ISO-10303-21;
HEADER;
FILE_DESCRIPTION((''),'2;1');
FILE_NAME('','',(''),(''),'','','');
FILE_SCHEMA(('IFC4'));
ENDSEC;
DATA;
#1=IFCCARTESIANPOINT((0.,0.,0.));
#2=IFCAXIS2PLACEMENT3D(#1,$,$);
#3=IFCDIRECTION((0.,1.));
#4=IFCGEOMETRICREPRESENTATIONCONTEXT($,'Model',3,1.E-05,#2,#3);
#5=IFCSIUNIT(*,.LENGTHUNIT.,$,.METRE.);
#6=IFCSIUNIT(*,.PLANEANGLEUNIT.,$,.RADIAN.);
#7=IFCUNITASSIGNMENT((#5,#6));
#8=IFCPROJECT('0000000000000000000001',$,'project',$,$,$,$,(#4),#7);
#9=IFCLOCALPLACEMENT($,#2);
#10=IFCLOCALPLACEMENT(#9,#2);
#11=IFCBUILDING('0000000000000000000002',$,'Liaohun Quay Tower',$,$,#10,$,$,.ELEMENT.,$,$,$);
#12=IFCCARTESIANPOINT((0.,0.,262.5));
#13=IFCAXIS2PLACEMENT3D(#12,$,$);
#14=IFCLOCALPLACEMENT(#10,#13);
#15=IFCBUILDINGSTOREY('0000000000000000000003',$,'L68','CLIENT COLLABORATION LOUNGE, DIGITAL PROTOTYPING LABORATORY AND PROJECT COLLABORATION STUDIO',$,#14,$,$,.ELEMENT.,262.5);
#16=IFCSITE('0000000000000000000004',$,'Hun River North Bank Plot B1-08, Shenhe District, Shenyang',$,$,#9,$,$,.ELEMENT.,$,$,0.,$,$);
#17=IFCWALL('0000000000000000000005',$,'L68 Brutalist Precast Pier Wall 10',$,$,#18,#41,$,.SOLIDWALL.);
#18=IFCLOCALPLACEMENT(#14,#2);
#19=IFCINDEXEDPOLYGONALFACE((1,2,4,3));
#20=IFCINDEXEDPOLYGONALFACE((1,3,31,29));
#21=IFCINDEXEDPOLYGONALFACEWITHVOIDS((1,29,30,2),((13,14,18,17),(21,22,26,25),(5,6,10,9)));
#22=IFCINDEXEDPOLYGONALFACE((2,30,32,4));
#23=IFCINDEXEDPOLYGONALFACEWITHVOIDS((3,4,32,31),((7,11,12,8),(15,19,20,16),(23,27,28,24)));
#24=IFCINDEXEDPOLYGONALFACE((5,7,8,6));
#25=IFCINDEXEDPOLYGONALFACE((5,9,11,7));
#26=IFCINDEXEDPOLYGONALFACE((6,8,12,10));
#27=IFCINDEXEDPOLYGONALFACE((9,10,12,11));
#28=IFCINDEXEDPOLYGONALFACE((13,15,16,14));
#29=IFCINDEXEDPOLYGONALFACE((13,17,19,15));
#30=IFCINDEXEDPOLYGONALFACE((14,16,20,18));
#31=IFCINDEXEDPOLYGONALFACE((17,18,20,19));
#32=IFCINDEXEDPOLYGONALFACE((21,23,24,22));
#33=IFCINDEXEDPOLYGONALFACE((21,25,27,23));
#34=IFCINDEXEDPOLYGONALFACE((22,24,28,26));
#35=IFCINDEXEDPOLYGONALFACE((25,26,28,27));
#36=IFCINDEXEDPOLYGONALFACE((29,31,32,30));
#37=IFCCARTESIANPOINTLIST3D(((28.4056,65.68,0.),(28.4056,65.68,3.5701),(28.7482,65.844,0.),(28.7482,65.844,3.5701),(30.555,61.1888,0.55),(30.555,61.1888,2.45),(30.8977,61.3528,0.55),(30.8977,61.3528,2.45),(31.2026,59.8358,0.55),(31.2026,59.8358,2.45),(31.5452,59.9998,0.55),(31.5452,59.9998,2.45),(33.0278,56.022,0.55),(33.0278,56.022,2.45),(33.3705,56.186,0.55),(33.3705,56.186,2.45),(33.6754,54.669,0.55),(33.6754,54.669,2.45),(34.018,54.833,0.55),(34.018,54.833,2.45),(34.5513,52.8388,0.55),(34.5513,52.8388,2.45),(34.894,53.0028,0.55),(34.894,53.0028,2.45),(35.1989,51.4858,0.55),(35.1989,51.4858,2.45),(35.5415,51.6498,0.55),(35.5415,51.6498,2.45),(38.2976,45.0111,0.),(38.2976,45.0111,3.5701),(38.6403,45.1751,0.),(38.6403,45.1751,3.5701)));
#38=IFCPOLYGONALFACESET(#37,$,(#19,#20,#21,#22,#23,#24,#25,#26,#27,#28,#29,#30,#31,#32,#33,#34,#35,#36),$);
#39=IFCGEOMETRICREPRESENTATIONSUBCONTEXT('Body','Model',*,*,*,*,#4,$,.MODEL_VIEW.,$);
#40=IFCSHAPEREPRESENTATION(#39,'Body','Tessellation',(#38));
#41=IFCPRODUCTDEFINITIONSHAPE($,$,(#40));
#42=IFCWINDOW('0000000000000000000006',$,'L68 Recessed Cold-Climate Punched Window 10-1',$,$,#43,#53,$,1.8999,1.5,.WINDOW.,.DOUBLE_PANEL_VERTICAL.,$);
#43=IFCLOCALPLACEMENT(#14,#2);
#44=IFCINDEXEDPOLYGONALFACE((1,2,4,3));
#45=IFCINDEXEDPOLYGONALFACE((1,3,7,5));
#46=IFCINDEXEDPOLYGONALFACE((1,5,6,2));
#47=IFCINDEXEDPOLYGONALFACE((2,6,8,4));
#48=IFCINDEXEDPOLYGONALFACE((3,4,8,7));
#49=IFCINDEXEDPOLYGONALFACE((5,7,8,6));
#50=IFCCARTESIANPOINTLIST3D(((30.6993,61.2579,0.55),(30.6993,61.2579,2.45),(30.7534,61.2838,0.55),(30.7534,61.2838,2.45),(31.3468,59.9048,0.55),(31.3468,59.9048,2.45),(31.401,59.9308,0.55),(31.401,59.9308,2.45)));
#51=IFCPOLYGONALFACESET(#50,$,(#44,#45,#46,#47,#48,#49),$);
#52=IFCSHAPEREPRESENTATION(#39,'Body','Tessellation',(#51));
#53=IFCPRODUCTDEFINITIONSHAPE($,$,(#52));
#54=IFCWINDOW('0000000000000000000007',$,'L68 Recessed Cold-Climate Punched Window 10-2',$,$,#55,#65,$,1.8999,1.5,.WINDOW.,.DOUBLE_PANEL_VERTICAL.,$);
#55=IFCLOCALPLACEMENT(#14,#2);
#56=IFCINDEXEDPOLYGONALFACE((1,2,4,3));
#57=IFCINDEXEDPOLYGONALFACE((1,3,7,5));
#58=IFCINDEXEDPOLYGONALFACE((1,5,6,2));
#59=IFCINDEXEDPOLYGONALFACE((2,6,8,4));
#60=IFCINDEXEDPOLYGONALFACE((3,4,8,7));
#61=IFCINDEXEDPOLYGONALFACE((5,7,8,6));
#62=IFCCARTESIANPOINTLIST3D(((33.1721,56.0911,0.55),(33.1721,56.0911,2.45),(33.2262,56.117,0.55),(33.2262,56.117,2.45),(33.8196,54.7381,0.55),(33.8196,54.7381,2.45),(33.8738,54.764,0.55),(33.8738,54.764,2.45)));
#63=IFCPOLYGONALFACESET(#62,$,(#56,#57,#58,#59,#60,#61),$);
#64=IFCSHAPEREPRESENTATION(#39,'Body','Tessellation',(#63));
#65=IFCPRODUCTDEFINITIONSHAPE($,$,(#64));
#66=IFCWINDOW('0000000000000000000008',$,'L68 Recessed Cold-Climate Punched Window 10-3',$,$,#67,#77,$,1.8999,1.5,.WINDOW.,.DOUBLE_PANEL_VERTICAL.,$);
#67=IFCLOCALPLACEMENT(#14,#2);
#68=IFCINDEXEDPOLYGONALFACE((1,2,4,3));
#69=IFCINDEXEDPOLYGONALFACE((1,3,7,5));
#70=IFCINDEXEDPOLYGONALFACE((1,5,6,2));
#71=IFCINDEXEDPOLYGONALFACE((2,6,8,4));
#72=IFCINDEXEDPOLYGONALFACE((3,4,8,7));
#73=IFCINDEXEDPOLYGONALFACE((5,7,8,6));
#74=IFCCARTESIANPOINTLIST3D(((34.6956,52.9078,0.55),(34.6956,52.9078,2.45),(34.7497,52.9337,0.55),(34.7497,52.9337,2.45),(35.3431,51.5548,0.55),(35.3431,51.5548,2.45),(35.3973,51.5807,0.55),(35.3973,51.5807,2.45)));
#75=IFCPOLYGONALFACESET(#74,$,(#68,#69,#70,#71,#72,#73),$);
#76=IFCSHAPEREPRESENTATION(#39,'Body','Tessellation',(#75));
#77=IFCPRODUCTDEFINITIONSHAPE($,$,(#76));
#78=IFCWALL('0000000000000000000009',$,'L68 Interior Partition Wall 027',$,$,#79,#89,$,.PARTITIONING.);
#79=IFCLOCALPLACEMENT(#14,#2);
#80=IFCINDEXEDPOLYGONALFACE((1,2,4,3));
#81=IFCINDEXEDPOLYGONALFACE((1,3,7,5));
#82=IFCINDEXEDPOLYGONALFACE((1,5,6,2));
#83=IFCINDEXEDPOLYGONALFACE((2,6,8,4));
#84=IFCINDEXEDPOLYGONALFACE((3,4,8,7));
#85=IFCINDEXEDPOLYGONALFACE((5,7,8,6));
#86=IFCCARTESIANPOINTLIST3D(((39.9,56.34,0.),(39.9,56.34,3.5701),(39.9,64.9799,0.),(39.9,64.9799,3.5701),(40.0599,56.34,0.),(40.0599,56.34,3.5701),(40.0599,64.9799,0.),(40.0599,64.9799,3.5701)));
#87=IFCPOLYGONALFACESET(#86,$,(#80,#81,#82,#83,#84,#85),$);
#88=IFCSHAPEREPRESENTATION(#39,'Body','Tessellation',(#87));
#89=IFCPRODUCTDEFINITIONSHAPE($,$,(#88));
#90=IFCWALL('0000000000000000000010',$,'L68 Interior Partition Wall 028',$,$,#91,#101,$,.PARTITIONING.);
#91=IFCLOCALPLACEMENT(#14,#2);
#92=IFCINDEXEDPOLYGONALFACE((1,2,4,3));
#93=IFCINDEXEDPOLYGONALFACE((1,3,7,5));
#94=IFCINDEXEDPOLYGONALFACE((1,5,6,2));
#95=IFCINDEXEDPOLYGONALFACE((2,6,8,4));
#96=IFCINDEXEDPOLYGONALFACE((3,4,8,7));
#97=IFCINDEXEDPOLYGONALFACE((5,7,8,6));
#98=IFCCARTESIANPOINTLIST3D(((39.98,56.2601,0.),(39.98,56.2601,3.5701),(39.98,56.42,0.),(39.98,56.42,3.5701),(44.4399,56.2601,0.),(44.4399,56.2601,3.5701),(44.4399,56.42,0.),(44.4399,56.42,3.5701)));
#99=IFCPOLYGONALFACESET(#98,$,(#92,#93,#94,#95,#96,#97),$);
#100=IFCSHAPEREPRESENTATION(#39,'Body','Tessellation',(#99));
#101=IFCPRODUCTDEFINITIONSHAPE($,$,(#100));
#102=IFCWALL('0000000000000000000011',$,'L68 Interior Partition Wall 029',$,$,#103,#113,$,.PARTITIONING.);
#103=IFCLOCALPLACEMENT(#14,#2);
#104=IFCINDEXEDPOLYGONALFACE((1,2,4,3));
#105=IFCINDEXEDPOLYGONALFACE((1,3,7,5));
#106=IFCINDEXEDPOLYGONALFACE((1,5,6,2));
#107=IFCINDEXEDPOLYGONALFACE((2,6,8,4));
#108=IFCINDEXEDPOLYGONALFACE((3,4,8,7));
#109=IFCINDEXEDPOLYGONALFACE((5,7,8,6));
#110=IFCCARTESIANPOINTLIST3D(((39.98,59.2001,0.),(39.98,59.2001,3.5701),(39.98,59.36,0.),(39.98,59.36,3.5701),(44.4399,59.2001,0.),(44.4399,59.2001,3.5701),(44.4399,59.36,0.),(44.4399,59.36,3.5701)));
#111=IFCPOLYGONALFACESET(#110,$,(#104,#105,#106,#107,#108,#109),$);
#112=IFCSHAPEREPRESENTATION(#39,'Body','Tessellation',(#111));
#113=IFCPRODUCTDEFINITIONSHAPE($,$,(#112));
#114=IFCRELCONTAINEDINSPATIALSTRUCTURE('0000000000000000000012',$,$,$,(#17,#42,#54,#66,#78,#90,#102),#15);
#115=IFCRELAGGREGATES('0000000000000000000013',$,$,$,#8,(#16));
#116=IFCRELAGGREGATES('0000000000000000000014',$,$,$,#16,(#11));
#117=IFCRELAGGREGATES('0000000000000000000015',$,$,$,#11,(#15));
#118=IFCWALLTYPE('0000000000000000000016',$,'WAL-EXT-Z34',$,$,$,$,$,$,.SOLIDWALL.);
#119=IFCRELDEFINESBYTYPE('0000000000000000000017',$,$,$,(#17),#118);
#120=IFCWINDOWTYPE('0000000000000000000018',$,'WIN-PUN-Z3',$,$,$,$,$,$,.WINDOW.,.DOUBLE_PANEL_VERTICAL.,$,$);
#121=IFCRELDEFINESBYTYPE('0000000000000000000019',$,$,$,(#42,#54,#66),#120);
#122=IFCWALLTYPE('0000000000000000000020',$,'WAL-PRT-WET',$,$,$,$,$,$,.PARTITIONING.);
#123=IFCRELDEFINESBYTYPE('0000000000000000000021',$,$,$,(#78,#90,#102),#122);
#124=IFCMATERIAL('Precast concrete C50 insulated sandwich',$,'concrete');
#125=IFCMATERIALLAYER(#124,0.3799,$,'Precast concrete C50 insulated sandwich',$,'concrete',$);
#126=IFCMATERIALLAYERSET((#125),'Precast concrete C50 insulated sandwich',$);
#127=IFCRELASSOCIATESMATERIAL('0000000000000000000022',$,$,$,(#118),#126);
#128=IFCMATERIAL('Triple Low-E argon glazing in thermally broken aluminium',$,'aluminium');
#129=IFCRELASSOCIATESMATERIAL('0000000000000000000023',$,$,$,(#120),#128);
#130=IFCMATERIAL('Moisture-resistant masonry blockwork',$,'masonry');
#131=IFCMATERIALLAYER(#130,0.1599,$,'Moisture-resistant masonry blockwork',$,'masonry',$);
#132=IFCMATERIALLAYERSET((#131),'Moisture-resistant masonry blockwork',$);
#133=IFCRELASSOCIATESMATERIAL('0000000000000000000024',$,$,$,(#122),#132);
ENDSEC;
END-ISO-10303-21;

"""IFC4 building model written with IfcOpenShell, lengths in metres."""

from ifc_helpers import new_model, si_unit, direction, frame, frame_2d, origin, place, context, subcontext, project, spatial, rectangle, extrude, source, transform, mapped, material, layer, layer_set, type_object, element, fill, save


model = new_model("IFC4")

# Units and contexts
model_context = context("Model", 3, precision=1e-05, world=origin(), true_north=direction((0.0, 1.0)))
body_context = subcontext(model_context, "Body", "Model", "MODEL_VIEW")
ifc_project = project(units=[si_unit("LENGTHUNIT", "METRE"), si_unit("PLANEANGLEUNIT", "RADIAN")], contexts=[model_context])

# Site, building, storey
site_placement = place(None, origin())
site = spatial("IfcSite", under=ifc_project, at=site_placement, Name="Hun River North Bank Plot B1-08, Shenhe District, Shenyang", CompositionType="ELEMENT", RefElevation=0.0)
building_placement = place(site_placement, origin())
building = spatial("IfcBuilding", under=site, at=building_placement, Name="Liaohun Quay Tower", CompositionType="ELEMENT")
storey_placement = place(building_placement, frame((0.0, 0.0, 262.5)))
storey = spatial("IfcBuildingStorey", under=building, at=storey_placement, Name="L68", Description="CLIENT COLLABORATION LOUNGE, DIGITAL PROTOTYPING LABORATORY AND PROJECT COLLABORATION STUDIO", CompositionType="ELEMENT", Elevation=262.5)

# Shared definitions
ifc_material_1 = material(Name="Precast concrete C50 insulated sandwich", Category="concrete")
ifc_layer_1 = layer(ifc_material_1, 0.3799, Name="Precast concrete C50 insulated sandwich", Category="concrete")
ifc_layer_set_1 = layer_set([ifc_layer_1], Name="Precast concrete C50 insulated sandwich")
wall_type_1 = type_object("IfcWallType", Name="WAL-EXT-Z34", PredefinedType="SOLIDWALL", material=ifc_layer_set_1)

# Wall, openings, windows
wall_1_placement = place(storey_placement, frame((28.5769, 65.762, 0.0), z_axis=(0.0, 0.0, 1.0), x_axis=(0.431702, -0.902016, 0.0)))
wall_1 = element("IfcWall", 1, at=wall_1_placement, inside=storey, type_object=wall_type_1, Name="L68 Brutalist Precast Pier Wall 10", PredefinedType="SOLIDWALL", context=body_context, shape_type="SweptSolid", body=[
    extrude(rectangle(XDim=22.9141, YDim=0.3799, at=frame_2d((11.457, 0.0))), origin(), (0.0, 0.0, 1.0), 3.5701),
])
shared_shape_1 = source(origin(), body_context, "Body", "SweptSolid", [
    extrude(rectangle(XDim=1.5, YDim=1.8999, at=frame_2d((0.75, 0.95))), frame((0.0, 0.2, 0.0), z_axis=(0.0, -1.0, 0.0), x_axis=(1.0, 0.0, 0.0)), (0.0, 0.0, 1.0), 0.3999),
])
opening_1_placement = place(wall_1_placement, frame((4.979, 0.0, 0.55)))
opening_1 = element("IfcOpeningElement", 2, at=opening_1_placement, cuts=wall_1, PredefinedType="OPENING", context=body_context, shape_type="MappedRepresentation", body=[
    mapped(shared_shape_1, transform((0.0, 0.0, 0.0), x_axis=(1.0, 0.0, 0.0), y_axis=(0.0, 1.0, 0.0), z_axis=(0.0, 0.0, 1.0), scale=1.0)),
])
opening_2_placement = place(wall_1_placement, frame((10.707, 0.0, 0.55)))
opening_2 = element("IfcOpeningElement", 3, at=opening_2_placement, cuts=wall_1, PredefinedType="OPENING", context=body_context, shape_type="MappedRepresentation", body=[
    mapped(shared_shape_1, transform((0.0, 0.0, 0.0), x_axis=(1.0, 0.0, 0.0), y_axis=(0.0, 1.0, 0.0), z_axis=(0.0, 0.0, 1.0), scale=1.0)),
])
opening_3_placement = place(wall_1_placement, frame((14.2361, 0.0, 0.55)))
opening_3 = element("IfcOpeningElement", 4, at=opening_3_placement, cuts=wall_1, PredefinedType="OPENING", context=body_context, shape_type="MappedRepresentation", body=[
    mapped(shared_shape_1, transform((0.0, 0.0, 0.0), x_axis=(1.0, 0.0, 0.0), y_axis=(0.0, 1.0, 0.0), z_axis=(0.0, 0.0, 1.0), scale=1.0)),
])
ifc_material_2 = material(Name="Triple Low-E argon glazing in thermally broken aluminium", Category="aluminium")
window_type_1 = type_object("IfcWindowType", Name="WIN-PUN-Z3", PartitioningType="DOUBLE_PANEL_VERTICAL", PredefinedType="WINDOW", material=ifc_material_2)
shared_shape_2 = source(origin(), body_context, "Body", "SweptSolid", [
    extrude(rectangle(XDim=1.5, YDim=1.8999, at=frame_2d((0.75, 0.95))), frame((0.0, 0.03, 0.0), z_axis=(0.0, -1.0, 0.0), x_axis=(1.0, 0.0, 0.0)), (0.0, 0.0, 1.0), 0.0601),
])
window_1_placement = place(opening_1_placement, origin())
window_1 = element("IfcWindow", 5, at=window_1_placement, inside=storey, type_object=window_type_1, Name="L68 Recessed Cold-Climate Punched Window 10-1", OverallHeight=1.8999, OverallWidth=1.5, PartitioningType="DOUBLE_PANEL_VERTICAL", PredefinedType="WINDOW", context=body_context, shape_type="MappedRepresentation", body=[
    mapped(shared_shape_2, transform((0.0, 0.0, 0.0), x_axis=(1.0, 0.0, 0.0), y_axis=(0.0, 1.0, 0.0), z_axis=(0.0, 0.0, 1.0), scale=1.0)),
])
fill(opening_1, window_1)
window_2_placement = place(opening_2_placement, origin())
window_2 = element("IfcWindow", 6, at=window_2_placement, inside=storey, type_object=window_type_1, Name="L68 Recessed Cold-Climate Punched Window 10-2", OverallHeight=1.8999, OverallWidth=1.5, PartitioningType="DOUBLE_PANEL_VERTICAL", PredefinedType="WINDOW", context=body_context, shape_type="MappedRepresentation", body=[
    mapped(shared_shape_2, transform((0.0, 0.0, 0.0), x_axis=(1.0, 0.0, 0.0), y_axis=(0.0, 1.0, 0.0), z_axis=(0.0, 0.0, 1.0), scale=1.0)),
])
fill(opening_2, window_2)
window_3_placement = place(opening_3_placement, origin())
window_3 = element("IfcWindow", 7, at=window_3_placement, inside=storey, type_object=window_type_1, Name="L68 Recessed Cold-Climate Punched Window 10-3", OverallHeight=1.8999, OverallWidth=1.5, PartitioningType="DOUBLE_PANEL_VERTICAL", PredefinedType="WINDOW", context=body_context, shape_type="MappedRepresentation", body=[
    mapped(shared_shape_2, transform((0.0, 0.0, 0.0), x_axis=(1.0, 0.0, 0.0), y_axis=(0.0, 1.0, 0.0), z_axis=(0.0, 0.0, 1.0), scale=1.0)),
])
fill(opening_3, window_3)

# Walls
ifc_material_3 = material(Name="Moisture-resistant masonry blockwork", Category="masonry")
ifc_layer_2 = layer(ifc_material_3, 0.1599, Name="Moisture-resistant masonry blockwork", Category="masonry")
ifc_layer_set_2 = layer_set([ifc_layer_2], Name="Moisture-resistant masonry blockwork")
wall_type_2 = type_object("IfcWallType", Name="WAL-PRT-WET", PredefinedType="PARTITIONING", material=ifc_layer_set_2)
wall_2_placement = place(storey_placement, frame((39.98, 56.3401, 0.0), z_axis=(0.0, 0.0, 1.0), x_axis=(0.0, 1.0, 0.0)))
element("IfcWall", 8, at=wall_2_placement, inside=storey, type_object=wall_type_2, Name="L68 Interior Partition Wall 027", PredefinedType="PARTITIONING", context=body_context, shape_type="SweptSolid", body=[
    extrude(rectangle(XDim=8.6399, YDim=0.1599, at=frame_2d((4.3198, 0.0))), origin(), (0.0, 0.0, 1.0), 3.5701),
])
for number, where, z_axis, x_axis, name in (
    (9, (39.98, 56.3401, 0.0), (0.0, 0.0, 1.0), (1.0, 0.0, 0.0), "L68 Interior Partition Wall 028"),
    (10, (39.98, 59.28, 0.0), (0.0, 0.0, 1.0), (1.0, 0.0, 0.0), "L68 Interior Partition Wall 029"),
):
    element("IfcWall", number, at=place(storey_placement, frame(where, z_axis=z_axis, x_axis=x_axis)), inside=storey, type_object=wall_type_2, Name=name, PredefinedType="PARTITIONING", context=body_context, shape_type="SweptSolid", body=[
        extrude(rectangle(XDim=4.46, YDim=0.1599, at=frame_2d((2.23, 0.0))), origin(), (0.0, 0.0, 1.0), 3.5701),
    ])

save(model, "model.ifc")
